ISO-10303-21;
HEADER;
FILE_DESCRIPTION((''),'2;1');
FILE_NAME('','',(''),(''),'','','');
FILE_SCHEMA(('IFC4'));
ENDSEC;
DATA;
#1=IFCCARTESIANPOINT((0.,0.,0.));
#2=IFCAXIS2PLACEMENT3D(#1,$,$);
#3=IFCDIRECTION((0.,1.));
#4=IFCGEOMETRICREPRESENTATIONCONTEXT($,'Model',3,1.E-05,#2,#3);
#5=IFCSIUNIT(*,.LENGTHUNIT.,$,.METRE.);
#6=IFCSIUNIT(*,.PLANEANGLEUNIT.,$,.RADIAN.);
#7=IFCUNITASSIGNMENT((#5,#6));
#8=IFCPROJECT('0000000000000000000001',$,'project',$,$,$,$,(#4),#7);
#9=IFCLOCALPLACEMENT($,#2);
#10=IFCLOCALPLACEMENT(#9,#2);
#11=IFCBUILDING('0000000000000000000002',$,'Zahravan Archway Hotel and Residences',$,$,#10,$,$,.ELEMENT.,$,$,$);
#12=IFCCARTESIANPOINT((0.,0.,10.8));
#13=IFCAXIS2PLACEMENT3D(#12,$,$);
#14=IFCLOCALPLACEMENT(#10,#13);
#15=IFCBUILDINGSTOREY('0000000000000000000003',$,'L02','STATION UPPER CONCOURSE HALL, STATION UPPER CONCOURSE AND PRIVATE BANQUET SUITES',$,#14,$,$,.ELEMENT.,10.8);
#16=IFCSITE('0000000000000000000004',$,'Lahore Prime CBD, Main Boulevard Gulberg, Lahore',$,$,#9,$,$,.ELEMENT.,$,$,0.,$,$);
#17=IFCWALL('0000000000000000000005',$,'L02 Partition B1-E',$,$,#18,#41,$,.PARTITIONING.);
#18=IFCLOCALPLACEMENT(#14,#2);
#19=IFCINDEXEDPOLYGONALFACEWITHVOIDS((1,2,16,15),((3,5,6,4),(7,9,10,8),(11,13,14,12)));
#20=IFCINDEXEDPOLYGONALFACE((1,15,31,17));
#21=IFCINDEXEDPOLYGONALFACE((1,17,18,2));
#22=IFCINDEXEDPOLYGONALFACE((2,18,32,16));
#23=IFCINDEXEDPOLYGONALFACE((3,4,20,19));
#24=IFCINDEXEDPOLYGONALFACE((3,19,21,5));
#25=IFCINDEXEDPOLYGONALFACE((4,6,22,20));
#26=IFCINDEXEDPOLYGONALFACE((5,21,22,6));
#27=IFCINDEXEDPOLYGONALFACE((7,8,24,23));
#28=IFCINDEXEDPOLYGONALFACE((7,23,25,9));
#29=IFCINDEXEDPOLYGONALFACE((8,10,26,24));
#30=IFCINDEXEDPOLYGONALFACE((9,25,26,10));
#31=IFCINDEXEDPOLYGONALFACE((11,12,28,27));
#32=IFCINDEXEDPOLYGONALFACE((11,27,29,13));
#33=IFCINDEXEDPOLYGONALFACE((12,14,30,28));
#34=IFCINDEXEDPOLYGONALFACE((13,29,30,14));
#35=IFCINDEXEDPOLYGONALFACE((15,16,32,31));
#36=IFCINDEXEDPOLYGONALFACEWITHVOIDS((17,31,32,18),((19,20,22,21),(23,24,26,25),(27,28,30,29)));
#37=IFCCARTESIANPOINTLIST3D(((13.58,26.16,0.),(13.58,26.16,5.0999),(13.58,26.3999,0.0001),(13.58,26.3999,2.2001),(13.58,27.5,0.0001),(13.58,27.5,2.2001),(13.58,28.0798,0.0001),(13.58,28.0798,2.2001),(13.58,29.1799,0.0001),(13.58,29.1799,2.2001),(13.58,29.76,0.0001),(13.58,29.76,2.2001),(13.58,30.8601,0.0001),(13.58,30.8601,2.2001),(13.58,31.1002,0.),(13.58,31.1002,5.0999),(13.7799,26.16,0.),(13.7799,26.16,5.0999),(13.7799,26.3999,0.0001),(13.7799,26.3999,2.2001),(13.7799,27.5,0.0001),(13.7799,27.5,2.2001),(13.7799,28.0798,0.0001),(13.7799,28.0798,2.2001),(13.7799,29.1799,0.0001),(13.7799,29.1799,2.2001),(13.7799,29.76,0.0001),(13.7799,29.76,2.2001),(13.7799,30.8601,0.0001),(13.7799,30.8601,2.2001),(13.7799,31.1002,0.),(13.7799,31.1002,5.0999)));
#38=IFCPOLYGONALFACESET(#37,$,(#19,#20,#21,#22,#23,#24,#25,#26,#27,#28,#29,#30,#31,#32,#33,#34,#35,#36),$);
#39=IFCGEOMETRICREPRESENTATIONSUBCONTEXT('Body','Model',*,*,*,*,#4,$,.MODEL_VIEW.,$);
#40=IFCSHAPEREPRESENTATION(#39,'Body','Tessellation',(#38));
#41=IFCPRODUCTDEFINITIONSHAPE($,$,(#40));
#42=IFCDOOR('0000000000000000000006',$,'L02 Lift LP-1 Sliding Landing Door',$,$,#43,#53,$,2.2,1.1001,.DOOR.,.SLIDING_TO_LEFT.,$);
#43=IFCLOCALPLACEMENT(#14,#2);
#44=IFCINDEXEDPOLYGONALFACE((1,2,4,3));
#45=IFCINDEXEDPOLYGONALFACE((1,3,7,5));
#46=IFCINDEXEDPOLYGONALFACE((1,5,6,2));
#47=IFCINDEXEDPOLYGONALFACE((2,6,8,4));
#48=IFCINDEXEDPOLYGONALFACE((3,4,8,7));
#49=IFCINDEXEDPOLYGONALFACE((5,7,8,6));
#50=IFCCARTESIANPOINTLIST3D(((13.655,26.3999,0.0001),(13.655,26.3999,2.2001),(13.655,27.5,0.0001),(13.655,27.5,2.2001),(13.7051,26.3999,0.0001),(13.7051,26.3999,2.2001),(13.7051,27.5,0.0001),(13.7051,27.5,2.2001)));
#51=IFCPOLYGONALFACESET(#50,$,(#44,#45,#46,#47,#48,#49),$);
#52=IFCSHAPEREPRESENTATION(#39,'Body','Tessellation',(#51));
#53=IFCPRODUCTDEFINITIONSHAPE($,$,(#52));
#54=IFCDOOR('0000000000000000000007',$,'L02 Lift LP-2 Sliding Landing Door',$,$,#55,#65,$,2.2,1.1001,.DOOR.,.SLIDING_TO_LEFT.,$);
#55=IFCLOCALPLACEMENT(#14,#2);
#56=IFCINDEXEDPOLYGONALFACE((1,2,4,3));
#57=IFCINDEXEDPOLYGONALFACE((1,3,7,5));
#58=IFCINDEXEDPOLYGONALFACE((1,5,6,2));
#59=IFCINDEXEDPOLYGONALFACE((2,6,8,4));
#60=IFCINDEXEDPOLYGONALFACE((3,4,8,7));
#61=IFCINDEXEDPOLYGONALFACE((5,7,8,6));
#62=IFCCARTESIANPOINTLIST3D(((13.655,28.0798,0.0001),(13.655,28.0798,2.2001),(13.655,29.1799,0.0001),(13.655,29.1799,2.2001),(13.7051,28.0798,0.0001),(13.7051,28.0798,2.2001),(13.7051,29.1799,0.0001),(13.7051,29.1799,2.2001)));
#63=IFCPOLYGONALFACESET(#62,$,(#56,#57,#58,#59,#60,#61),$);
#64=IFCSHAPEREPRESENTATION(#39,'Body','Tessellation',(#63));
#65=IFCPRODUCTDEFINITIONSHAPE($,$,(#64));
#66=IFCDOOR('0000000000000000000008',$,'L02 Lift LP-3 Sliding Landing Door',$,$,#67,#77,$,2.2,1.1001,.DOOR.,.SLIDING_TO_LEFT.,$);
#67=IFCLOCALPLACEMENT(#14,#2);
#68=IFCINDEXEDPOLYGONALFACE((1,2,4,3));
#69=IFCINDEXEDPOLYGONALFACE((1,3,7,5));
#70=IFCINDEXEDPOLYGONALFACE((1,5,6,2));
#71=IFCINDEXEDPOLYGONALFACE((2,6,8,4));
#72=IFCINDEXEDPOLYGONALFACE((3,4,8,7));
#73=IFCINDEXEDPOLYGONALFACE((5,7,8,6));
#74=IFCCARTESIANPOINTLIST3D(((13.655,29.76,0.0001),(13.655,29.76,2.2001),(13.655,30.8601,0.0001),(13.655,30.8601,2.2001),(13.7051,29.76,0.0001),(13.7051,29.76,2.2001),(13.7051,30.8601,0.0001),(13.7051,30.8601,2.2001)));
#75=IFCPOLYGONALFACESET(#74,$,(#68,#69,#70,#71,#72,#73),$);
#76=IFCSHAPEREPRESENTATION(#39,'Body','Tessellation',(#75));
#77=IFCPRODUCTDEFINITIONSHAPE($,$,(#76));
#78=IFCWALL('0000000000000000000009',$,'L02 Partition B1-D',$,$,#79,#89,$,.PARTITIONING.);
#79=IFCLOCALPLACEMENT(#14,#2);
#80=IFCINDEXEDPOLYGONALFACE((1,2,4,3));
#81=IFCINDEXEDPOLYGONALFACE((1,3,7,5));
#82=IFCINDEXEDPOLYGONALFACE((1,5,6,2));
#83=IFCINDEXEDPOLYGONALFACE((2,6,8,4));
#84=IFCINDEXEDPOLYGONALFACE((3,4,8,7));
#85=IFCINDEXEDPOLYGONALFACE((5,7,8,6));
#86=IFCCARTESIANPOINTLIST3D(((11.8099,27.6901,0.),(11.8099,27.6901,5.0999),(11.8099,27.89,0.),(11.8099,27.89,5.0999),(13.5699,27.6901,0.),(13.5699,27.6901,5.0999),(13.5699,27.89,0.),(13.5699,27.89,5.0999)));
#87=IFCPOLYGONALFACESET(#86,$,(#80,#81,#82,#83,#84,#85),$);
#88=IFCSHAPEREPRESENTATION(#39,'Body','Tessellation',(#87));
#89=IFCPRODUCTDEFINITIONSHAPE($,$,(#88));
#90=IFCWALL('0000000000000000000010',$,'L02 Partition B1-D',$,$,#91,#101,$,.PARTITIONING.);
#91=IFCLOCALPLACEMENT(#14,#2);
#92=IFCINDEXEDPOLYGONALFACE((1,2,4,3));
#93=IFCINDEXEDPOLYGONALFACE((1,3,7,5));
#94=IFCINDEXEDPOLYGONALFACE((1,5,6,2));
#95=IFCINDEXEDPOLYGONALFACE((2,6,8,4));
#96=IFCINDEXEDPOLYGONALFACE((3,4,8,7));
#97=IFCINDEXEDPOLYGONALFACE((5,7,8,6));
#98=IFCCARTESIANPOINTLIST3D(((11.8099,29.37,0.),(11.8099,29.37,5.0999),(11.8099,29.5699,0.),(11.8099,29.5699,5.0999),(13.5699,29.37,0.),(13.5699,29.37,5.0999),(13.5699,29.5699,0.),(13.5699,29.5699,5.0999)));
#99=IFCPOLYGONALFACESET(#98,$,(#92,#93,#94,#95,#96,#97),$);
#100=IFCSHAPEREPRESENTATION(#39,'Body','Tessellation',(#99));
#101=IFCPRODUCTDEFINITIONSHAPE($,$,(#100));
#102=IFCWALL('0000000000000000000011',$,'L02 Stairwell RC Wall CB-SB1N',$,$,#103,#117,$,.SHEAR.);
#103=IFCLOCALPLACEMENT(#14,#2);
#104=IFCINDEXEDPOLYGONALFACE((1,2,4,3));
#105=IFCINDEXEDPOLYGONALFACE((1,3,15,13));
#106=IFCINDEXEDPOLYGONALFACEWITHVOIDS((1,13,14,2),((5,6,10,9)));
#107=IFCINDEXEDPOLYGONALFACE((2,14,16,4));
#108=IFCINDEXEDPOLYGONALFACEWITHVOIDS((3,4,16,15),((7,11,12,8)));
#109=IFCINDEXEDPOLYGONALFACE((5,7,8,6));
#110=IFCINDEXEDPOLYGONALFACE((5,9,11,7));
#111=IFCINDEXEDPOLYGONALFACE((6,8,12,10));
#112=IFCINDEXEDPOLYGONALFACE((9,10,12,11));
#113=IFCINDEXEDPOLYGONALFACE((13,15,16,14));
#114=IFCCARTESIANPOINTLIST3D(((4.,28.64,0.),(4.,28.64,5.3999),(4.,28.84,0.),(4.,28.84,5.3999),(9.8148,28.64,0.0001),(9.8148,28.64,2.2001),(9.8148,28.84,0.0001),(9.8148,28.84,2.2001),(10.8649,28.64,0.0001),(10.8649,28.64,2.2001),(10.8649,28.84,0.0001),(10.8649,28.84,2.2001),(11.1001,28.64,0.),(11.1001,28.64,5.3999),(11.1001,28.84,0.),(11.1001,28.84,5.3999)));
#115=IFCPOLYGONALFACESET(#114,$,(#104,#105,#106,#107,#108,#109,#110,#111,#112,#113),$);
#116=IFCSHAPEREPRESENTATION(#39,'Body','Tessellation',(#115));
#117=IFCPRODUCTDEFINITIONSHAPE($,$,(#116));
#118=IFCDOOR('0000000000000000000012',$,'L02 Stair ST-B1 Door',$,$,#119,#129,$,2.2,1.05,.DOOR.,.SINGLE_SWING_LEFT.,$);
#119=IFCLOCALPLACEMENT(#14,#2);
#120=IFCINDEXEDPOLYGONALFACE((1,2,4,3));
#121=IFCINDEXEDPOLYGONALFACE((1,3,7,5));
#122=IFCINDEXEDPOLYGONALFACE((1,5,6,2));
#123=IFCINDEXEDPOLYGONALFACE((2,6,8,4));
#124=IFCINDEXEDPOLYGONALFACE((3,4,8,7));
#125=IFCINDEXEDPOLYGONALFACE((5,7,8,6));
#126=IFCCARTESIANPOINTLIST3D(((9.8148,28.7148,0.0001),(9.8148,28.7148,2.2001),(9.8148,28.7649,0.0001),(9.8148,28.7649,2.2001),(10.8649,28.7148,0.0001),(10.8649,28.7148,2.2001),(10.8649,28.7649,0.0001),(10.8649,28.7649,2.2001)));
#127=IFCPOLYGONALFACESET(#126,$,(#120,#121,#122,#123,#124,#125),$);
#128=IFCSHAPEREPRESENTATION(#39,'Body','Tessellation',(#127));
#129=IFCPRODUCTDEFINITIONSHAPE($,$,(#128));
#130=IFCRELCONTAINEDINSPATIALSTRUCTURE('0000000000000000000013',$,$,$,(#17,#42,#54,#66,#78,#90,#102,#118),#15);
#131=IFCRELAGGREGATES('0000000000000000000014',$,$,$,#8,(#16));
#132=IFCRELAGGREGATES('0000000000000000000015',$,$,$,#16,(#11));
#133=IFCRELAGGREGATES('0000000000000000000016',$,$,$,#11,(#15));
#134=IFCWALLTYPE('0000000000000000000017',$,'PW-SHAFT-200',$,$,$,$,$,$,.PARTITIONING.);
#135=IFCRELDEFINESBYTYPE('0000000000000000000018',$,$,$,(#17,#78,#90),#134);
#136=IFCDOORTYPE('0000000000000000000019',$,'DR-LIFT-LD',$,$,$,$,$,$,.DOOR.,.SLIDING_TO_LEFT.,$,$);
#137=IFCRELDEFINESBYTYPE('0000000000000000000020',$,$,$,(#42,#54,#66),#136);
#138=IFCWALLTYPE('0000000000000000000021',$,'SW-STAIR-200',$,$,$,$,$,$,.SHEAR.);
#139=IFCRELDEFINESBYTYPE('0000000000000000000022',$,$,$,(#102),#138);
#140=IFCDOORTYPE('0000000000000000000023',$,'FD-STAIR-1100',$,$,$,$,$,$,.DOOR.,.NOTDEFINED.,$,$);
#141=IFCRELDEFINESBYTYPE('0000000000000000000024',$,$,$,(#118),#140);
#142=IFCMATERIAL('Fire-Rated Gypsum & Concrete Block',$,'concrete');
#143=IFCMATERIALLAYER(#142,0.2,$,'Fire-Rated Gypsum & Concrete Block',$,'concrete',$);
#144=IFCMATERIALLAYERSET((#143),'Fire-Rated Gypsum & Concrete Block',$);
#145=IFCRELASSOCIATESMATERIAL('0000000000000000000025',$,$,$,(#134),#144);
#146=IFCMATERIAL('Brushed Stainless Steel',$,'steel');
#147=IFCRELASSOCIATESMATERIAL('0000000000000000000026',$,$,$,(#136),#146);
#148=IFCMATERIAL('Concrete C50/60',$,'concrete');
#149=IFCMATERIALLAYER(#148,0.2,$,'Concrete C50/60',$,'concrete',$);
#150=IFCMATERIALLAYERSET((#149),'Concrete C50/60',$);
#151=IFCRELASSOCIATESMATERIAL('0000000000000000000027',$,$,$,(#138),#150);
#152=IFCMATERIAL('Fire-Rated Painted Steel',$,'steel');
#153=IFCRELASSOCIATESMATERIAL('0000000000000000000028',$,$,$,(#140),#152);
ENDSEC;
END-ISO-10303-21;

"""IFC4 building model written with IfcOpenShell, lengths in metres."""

from ifc_helpers import new_model, si_unit, direction, frame, frame_2d, origin, place, context, subcontext, project, spatial, rectangle, extrude, source, transform, mapped, material, layer, layer_set, type_object, type_shapes, element, fill, save


model = new_model("IFC4")

# Units and contexts
model_context = context("Model", 3, precision=1e-05, world=origin(), true_north=direction((0.0, 1.0)))
body_context = subcontext(model_context, "Body", "Model", "MODEL_VIEW")
ifc_project = project(units=[si_unit("LENGTHUNIT", "METRE"), si_unit("PLANEANGLEUNIT", "RADIAN")], contexts=[model_context])

# Site, building, storey
site_placement = place(None, origin())
site = spatial("IfcSite", under=ifc_project, at=site_placement, Name="Lahore Prime CBD, Main Boulevard Gulberg, Lahore", CompositionType="ELEMENT", RefElevation=0.0)
building_placement = place(site_placement, origin())
building = spatial("IfcBuilding", under=site, at=building_placement, Name="Zahravan Archway Hotel and Residences", CompositionType="ELEMENT")
storey_placement = place(building_placement, frame((0.0, 0.0, 10.8)))
storey = spatial("IfcBuildingStorey", under=building, at=storey_placement, Name="L02", Description="STATION UPPER CONCOURSE HALL, STATION UPPER CONCOURSE AND PRIVATE BANQUET SUITES", CompositionType="ELEMENT", Elevation=10.8)

# Shared definitions
ifc_material_1 = material(Name="Fire-Rated Gypsum & Concrete Block", Category="concrete")
ifc_layer_1 = layer(ifc_material_1, 0.2, Name="Fire-Rated Gypsum & Concrete Block", Category="concrete")
ifc_layer_set_1 = layer_set([ifc_layer_1], Name="Fire-Rated Gypsum & Concrete Block")
wall_type_1 = type_object("IfcWallType", Name="PW-SHAFT-200", PredefinedType="PARTITIONING", material=ifc_layer_set_1)
ifc_material_2 = material(Name="Fire-Rated Painted Steel", Category="steel")
ifc_material_3 = material(Name="Brushed Stainless Steel", Category="steel")
door_type_1 = type_object("IfcDoorType", Name="DR-LIFT-LD", OperationType="SLIDING_TO_LEFT", PredefinedType="DOOR", material=ifc_material_3)
shared_shape_1 = source(origin(), body_context, "Body", "SweptSolid", [
    extrude(rectangle(XDim=1.1001, YDim=2.2, at=frame_2d((0.55, 1.1001))), frame((0.0, 0.0249, 0.0), z_axis=(0.0, -1.0, 0.0), x_axis=(1.0, 0.0, 0.0)), (0.0, 0.0, 1.0), 0.05),
])
type_shapes(door_type_1, [shared_shape_1])

# Wall, openings, doors
wall_1_placement = place(storey_placement, frame((13.6799, 26.1599, 0.0), z_axis=(0.0, 0.0, 1.0), x_axis=(0.0, 1.0, 0.0)))
wall_1 = element("IfcWall", 1, at=wall_1_placement, inside=storey, type_object=wall_type_1, Name="L02 Partition B1-E", PredefinedType="PARTITIONING", context=body_context, shape_type="SweptSolid", body=[
    extrude(rectangle(XDim=4.9402, YDim=0.2, at=frame_2d((2.4702, 0.0))), origin(), (0.0, 0.0, 1.0), 5.0999),
])
opening_1_placement = place(wall_1_placement, frame((0.24, 0.0, 0.0)))
opening_1 = element("IfcOpeningElement", 2, at=opening_1_placement, cuts=wall_1, PredefinedType="OPENING", context=body_context, shape_type="SweptSolid", body=[
    extrude(rectangle(XDim=1.1001, YDim=2.2, at=frame_2d((0.55, 1.1001))), frame((0.0, 0.1099, 0.0), z_axis=(0.0, -1.0, 0.0), x_axis=(1.0, 0.0, 0.0)), (0.0, 0.0, 1.0), 0.22),
])
opening_2_placement = place(wall_1_placement, frame((1.9199, 0.0, 0.0)))
opening_2 = element("IfcOpeningElement", 3, at=opening_2_placement, cuts=wall_1, PredefinedType="OPENING", context=body_context, shape_type="SweptSolid", body=[
    extrude(rectangle(XDim=1.1001, YDim=2.2, at=frame_2d((0.55, 1.1001))), frame((0.0, 0.1099, 0.0), z_axis=(0.0, -1.0, 0.0), x_axis=(1.0, 0.0, 0.0)), (0.0, 0.0, 1.0), 0.22),
])
opening_3_placement = place(wall_1_placement, frame((3.6001, 0.0, 0.0)))
opening_3 = element("IfcOpeningElement", 4, at=opening_3_placement, cuts=wall_1, PredefinedType="OPENING", context=body_context, shape_type="SweptSolid", body=[
    extrude(rectangle(XDim=1.1001, YDim=2.2, at=frame_2d((0.55, 1.1001))), frame((0.0, 0.1099, 0.0), z_axis=(0.0, -1.0, 0.0), x_axis=(1.0, 0.0, 0.0)), (0.0, 0.0, 1.0), 0.22),
])
door_1_placement = place(opening_1_placement, origin())
door_1 = element("IfcDoor", 5, at=door_1_placement, inside=storey, type_object=door_type_1, Name="L02 Lift LP-1 Sliding Landing Door", OperationType="SLIDING_TO_LEFT", OverallHeight=2.2, OverallWidth=1.1001, PredefinedType="DOOR", context=body_context, shape_type="MappedRepresentation", body=[
    mapped(shared_shape_1, transform((0.0, 0.0, 0.0), scale=1.0)),
])
fill(opening_1, door_1)
door_2_placement = place(opening_2_placement, origin())
door_2 = element("IfcDoor", 6, at=door_2_placement, inside=storey, type_object=door_type_1, Name="L02 Lift LP-2 Sliding Landing Door", OperationType="SLIDING_TO_LEFT", OverallHeight=2.2, OverallWidth=1.1001, PredefinedType="DOOR", context=body_context, shape_type="MappedRepresentation", body=[
    mapped(shared_shape_1, transform((0.0, 0.0, 0.0), scale=1.0)),
])
fill(opening_2, door_2)
door_3_placement = place(opening_3_placement, origin())
door_3 = element("IfcDoor", 7, at=door_3_placement, inside=storey, type_object=door_type_1, Name="L02 Lift LP-3 Sliding Landing Door", OperationType="SLIDING_TO_LEFT", OverallHeight=2.2, OverallWidth=1.1001, PredefinedType="DOOR", context=body_context, shape_type="MappedRepresentation", body=[
    mapped(shared_shape_1, transform((0.0, 0.0, 0.0), scale=1.0)),
])
fill(opening_3, door_3)

# Walls
for number, where, z_axis, x_axis, name in (
    (8, (11.8101, 27.79, 0.0), (0.0, 0.0, 1.0), (1.0, 0.0, 0.0), "L02 Partition B1-D"),
    (9, (11.8101, 29.47, 0.0), (0.0, 0.0, 1.0), (1.0, 0.0, 0.0), "L02 Partition B1-D"),
):
    element("IfcWall", number, at=place(storey_placement, frame(where, z_axis=z_axis, x_axis=x_axis)), inside=storey, type_object=wall_type_1, Name=name, PredefinedType="PARTITIONING", context=body_context, shape_type="SweptSolid", body=[
        extrude(rectangle(XDim=1.76, YDim=0.2, at=frame_2d((0.8799, 0.0))), origin(), (0.0, 0.0, 1.0), 5.0999),
    ])

# Wall, opening, door
ifc_material_4 = material(Name="Concrete C50/60", Category="concrete")
ifc_layer_2 = layer(ifc_material_4, 0.2, Name="Concrete C50/60", Category="concrete")
ifc_layer_set_2 = layer_set([ifc_layer_2], Name="Concrete C50/60")
wall_type_2 = type_object("IfcWallType", Name="SW-STAIR-200", PredefinedType="SHEAR", material=ifc_layer_set_2)
wall_2_placement = place(storey_placement, frame((4.0, 28.74, 0.0), z_axis=(0.0, 0.0, 1.0), x_axis=(1.0, 0.0, 0.0)))
wall_2 = element("IfcWall", 10, at=wall_2_placement, inside=storey, type_object=wall_type_2, Name="L02 Stairwell RC Wall CB-SB1N", PredefinedType="SHEAR", context=body_context, shape_type="SweptSolid", body=[
    extrude(rectangle(XDim=7.1001, YDim=0.2, at=frame_2d((3.55, 0.0))), origin(), (0.0, 0.0, 1.0), 5.3999),
])
opening_4_placement = place(wall_2_placement, frame((5.8149, 0.0, 0.0)))
opening_4 = element("IfcOpeningElement", 11, at=opening_4_placement, cuts=wall_2, PredefinedType="OPENING", context=body_context, shape_type="SweptSolid", body=[
    extrude(rectangle(XDim=1.05, YDim=2.2, at=frame_2d((0.5249, 1.1001))), frame((0.0, 0.1099, 0.0), z_axis=(0.0, -1.0, 0.0), x_axis=(1.0, 0.0, 0.0)), (0.0, 0.0, 1.0), 0.22),
])
door_type_2 = type_object("IfcDoorType", Name="FD-STAIR-1100", OperationType="NOTDEFINED", PredefinedType="DOOR", material=ifc_material_2)
shared_shape_2 = source(origin(), body_context, "Body", "SweptSolid", [
    extrude(rectangle(XDim=1.05, YDim=2.2, at=frame_2d((0.5249, 1.1001))), frame((0.0, 0.0249, 0.0), z_axis=(0.0, -1.0, 0.0), x_axis=(1.0, 0.0, 0.0)), (0.0, 0.0, 1.0), 0.05),
])
type_shapes(door_type_2, [shared_shape_2])
door_4_placement = place(opening_4_placement, origin())
door_4 = element("IfcDoor", 12, at=door_4_placement, inside=storey, type_object=door_type_2, Name="L02 Stair ST-B1 Door", OperationType="SINGLE_SWING_LEFT", OverallHeight=2.2, OverallWidth=1.05, PredefinedType="DOOR", context=body_context, shape_type="MappedRepresentation", body=[
    mapped(shared_shape_2, transform((0.0, 0.0, 0.0), scale=1.0)),
])
fill(opening_4, door_4)

save(model, "model.ifc")
